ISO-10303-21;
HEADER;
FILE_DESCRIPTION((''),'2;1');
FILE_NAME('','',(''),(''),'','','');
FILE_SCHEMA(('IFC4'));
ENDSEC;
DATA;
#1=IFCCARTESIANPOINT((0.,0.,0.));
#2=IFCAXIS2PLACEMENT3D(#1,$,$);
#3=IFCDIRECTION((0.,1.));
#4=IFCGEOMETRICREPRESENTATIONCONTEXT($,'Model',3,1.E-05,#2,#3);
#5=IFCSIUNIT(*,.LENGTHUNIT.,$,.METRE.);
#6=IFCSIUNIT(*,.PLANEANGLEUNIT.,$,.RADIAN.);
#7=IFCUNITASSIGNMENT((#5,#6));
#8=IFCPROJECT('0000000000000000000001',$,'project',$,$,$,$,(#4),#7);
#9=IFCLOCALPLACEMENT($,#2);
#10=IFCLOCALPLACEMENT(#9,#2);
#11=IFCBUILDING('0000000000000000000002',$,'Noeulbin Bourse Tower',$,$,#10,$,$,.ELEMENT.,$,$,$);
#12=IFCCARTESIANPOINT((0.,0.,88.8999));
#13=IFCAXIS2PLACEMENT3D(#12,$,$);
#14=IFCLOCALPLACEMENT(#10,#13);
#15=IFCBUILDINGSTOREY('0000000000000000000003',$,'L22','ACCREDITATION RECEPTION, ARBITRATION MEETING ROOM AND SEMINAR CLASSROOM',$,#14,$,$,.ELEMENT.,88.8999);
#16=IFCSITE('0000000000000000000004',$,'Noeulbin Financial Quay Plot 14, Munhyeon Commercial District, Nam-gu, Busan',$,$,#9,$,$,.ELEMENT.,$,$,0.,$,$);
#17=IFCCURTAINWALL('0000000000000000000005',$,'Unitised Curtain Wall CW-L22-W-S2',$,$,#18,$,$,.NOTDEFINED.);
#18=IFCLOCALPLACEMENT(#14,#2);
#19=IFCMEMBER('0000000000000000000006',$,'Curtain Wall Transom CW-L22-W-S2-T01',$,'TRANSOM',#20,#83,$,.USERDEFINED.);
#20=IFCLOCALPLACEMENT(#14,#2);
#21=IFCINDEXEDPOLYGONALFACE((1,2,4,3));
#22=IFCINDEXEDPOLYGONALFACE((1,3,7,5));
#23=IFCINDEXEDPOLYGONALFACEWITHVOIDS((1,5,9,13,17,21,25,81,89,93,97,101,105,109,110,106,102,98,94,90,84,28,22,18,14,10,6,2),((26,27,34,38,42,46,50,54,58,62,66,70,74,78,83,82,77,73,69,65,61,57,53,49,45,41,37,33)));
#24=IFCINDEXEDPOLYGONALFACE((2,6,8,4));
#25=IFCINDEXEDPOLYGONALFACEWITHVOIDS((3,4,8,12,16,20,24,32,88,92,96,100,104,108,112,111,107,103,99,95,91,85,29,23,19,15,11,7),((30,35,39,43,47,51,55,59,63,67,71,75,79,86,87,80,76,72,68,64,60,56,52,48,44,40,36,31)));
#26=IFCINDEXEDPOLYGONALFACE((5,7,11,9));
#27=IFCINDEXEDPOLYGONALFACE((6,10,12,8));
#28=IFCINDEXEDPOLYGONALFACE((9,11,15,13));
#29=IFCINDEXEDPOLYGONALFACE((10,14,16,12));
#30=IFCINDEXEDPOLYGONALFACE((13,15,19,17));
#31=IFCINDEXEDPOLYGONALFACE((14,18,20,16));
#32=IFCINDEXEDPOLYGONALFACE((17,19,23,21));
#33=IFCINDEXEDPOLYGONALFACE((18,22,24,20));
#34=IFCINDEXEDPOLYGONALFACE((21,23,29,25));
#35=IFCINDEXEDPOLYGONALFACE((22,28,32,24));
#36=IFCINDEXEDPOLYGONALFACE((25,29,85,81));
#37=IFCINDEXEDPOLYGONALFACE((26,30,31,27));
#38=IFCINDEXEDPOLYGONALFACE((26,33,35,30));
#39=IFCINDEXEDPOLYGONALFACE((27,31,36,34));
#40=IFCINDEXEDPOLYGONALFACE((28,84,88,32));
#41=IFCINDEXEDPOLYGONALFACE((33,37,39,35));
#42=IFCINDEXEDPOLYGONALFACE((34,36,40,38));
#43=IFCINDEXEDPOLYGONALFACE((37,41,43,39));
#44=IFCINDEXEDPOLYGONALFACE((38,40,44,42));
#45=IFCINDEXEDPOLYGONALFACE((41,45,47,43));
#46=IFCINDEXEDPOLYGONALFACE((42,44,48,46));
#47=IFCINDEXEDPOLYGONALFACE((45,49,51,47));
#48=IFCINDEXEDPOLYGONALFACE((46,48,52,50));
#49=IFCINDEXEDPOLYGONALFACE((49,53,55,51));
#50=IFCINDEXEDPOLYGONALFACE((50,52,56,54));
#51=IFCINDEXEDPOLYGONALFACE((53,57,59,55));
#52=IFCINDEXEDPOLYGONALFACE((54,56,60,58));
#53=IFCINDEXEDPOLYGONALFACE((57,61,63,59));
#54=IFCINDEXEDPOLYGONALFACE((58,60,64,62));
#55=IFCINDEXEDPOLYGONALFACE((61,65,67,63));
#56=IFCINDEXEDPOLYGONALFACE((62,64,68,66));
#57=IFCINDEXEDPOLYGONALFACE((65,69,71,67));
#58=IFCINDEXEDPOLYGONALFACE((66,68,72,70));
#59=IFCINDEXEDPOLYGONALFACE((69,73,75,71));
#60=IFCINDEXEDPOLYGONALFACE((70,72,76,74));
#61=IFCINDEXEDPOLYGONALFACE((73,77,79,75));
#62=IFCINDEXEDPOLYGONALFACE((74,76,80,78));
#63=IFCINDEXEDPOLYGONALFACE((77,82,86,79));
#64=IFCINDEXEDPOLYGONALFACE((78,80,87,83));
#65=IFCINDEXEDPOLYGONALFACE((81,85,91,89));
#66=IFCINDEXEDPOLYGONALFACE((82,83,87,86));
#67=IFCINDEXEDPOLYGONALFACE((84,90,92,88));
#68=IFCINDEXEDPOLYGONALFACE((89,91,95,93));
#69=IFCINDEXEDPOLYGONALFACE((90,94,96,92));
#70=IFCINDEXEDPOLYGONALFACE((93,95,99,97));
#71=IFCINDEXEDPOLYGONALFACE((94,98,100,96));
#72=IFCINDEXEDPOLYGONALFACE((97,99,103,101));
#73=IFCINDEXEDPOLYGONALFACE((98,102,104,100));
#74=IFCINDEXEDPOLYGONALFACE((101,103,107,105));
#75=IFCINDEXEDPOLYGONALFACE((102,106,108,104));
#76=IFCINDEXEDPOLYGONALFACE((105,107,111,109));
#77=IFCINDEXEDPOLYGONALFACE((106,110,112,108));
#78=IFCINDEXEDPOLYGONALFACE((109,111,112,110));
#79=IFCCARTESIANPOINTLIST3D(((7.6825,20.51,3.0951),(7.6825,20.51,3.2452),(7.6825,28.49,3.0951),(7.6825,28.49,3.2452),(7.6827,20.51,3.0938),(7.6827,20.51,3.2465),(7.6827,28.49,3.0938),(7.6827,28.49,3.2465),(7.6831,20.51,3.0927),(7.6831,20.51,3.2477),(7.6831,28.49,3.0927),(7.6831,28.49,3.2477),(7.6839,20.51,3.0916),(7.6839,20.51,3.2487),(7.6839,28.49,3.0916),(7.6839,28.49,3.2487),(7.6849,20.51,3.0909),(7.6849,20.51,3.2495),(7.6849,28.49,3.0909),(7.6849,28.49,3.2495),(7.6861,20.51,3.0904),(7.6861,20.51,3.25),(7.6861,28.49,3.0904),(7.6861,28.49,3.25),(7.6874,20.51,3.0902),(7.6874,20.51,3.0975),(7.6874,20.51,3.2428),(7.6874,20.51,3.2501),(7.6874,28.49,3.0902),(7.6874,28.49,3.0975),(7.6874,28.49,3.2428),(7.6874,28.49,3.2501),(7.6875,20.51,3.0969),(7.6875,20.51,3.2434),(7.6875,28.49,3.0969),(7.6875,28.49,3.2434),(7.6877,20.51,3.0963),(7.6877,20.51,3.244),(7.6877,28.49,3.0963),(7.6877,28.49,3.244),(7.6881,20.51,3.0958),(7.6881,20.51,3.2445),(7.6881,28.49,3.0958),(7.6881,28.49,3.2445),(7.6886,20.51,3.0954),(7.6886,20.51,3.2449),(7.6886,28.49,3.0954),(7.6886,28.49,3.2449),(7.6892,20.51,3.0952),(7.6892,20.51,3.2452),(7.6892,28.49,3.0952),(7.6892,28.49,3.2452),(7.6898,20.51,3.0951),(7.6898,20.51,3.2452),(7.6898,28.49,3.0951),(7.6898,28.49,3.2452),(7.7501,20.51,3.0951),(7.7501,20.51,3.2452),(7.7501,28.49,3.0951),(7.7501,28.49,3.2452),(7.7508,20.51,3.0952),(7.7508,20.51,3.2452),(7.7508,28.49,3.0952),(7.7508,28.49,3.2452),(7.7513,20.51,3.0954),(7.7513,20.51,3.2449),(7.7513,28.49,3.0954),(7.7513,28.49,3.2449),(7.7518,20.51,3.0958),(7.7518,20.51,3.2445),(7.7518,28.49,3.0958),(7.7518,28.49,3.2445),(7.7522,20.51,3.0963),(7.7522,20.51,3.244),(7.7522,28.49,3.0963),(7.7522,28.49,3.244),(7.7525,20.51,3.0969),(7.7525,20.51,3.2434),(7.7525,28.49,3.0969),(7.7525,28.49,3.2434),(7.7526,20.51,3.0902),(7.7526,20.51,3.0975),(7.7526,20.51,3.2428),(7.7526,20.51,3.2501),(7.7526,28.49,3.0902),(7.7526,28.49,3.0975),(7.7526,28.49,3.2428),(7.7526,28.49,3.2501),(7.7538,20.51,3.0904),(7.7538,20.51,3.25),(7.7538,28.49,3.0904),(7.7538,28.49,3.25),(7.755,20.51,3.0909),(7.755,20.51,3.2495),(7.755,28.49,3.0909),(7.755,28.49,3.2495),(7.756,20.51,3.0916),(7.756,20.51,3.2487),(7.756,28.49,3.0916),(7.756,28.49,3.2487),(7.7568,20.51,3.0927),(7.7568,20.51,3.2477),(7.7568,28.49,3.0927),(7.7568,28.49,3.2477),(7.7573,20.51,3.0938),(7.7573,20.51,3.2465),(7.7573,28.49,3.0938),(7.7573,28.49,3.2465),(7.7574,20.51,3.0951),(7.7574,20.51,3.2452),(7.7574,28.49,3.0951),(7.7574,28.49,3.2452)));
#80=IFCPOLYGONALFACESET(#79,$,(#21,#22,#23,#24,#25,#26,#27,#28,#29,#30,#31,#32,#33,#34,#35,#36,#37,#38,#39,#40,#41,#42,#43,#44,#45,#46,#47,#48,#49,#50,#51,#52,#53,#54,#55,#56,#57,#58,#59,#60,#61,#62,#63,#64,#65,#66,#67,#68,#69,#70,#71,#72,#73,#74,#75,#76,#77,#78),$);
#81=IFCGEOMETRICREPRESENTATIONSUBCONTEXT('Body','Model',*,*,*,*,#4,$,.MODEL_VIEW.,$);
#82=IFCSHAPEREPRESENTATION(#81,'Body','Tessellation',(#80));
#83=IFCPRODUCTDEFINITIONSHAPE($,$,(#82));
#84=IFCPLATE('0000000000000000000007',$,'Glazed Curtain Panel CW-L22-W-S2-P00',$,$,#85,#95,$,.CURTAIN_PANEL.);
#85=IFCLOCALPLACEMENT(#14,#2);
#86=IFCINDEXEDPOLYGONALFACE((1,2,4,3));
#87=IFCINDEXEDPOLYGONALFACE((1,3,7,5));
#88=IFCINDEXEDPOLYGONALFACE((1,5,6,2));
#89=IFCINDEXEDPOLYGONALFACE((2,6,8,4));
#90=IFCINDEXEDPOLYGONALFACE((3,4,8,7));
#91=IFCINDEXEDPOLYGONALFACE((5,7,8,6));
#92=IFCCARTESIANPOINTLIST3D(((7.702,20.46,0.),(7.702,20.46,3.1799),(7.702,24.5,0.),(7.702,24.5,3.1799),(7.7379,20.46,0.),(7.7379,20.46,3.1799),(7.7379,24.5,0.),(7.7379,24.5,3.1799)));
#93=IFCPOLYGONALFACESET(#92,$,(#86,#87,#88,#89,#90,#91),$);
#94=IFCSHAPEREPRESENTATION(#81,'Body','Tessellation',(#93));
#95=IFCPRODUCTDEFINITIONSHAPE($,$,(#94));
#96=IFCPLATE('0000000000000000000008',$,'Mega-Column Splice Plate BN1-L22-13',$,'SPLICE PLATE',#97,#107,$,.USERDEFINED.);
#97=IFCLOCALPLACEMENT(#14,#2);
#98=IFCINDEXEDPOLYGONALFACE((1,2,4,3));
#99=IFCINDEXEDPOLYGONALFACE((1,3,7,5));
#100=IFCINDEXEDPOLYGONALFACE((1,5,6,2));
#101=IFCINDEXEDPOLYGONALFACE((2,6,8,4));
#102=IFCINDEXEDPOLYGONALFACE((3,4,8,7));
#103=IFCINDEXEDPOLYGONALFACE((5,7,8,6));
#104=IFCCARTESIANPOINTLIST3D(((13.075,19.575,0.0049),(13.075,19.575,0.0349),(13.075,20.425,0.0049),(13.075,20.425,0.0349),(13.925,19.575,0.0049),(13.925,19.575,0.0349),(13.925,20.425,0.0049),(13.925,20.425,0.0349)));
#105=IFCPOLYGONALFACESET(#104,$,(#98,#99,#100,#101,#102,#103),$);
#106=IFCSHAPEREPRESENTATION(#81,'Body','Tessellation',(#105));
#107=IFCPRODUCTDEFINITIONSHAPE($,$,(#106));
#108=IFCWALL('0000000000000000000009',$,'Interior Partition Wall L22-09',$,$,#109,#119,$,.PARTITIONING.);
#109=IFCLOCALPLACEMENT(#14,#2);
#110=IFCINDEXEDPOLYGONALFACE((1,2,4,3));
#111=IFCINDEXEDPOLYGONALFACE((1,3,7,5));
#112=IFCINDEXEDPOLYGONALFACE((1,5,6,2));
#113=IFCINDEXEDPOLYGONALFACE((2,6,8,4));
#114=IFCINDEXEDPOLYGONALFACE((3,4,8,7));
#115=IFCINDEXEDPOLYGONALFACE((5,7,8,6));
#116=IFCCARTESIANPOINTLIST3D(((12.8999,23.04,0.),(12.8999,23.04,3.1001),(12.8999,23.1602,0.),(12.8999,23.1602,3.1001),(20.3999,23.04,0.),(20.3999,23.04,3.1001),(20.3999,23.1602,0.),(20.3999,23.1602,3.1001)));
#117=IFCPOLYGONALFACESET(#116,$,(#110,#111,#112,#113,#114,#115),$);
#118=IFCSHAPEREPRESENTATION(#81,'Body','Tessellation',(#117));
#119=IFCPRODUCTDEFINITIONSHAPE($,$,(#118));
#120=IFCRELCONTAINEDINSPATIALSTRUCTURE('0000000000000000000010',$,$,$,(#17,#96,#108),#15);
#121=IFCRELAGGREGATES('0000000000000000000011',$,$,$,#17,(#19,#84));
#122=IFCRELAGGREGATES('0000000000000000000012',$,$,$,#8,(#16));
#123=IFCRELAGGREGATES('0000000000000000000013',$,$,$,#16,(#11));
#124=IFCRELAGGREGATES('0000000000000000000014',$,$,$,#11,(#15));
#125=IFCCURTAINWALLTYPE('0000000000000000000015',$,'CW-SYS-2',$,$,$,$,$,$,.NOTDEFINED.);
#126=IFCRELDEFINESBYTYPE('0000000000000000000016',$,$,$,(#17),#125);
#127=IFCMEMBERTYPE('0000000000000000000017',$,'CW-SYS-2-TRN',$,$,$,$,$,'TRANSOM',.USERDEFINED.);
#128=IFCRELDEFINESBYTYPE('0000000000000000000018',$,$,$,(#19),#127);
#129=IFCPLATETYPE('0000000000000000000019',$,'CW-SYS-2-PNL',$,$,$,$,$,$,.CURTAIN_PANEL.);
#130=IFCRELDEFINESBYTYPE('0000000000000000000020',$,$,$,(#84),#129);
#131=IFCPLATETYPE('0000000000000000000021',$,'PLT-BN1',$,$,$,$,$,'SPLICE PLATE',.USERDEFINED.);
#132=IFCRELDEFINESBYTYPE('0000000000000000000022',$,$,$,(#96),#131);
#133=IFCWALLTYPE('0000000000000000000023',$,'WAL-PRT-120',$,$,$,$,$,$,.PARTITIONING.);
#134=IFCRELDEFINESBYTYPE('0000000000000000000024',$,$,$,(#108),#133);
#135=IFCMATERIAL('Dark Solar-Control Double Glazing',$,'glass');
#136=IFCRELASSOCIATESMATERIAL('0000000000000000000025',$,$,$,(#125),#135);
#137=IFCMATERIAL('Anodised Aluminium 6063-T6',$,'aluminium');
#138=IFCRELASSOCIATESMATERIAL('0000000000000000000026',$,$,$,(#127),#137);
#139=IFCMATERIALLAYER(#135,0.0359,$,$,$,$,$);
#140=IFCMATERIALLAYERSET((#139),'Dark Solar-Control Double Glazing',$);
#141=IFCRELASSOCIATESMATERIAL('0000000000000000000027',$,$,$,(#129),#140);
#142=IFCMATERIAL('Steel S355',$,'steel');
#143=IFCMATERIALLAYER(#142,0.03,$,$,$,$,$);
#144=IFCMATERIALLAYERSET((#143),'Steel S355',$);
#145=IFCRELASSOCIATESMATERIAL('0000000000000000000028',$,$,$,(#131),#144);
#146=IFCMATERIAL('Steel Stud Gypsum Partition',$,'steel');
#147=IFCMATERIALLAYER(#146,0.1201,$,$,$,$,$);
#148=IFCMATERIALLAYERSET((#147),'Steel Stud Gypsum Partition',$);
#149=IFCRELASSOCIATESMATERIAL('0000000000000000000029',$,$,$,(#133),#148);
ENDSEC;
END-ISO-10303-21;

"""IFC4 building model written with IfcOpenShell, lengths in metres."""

from ifc_helpers import new_model, si_unit, direction, frame, frame_2d, origin, origin_2d, place, context, subcontext, project, spatial, rectangle, hollow_rectangle, extrude, material, layer, layer_set, material_profile, profile_set, type_object, element, aggregate, save


model = new_model("IFC4")

# Units and contexts
model_context = context("Model", 3, precision=1e-05, world=origin(), true_north=direction((0.0, 1.0)))
body_context = subcontext(model_context, "Body", "Model", "MODEL_VIEW")
ifc_project = project(units=[si_unit("LENGTHUNIT", "METRE"), si_unit("PLANEANGLEUNIT", "RADIAN")], contexts=[model_context])

# Site, building, storey
site_placement = place(None, origin())
site = spatial("IfcSite", under=ifc_project, at=site_placement, Name="Noeulbin Financial Quay Plot 14, Munhyeon Commercial District, Nam-gu, Busan", CompositionType="ELEMENT", RefElevation=0.0)
building_placement = place(site_placement, origin())
building = spatial("IfcBuilding", under=site, at=building_placement, Name="Noeulbin Bourse Tower", CompositionType="ELEMENT")
storey_placement = place(building_placement, frame((0.0, 0.0, 88.8999)))
storey = spatial("IfcBuildingStorey", under=building, at=storey_placement, Name="L22", Description="ACCREDITATION RECEPTION, ARBITRATION MEETING ROOM AND SEMINAR CLASSROOM", CompositionType="ELEMENT", Elevation=88.8999)

# Shared definitions
ifc_material_1 = material(Name="Steel S355", Category="steel")

# Curtain wall, member, plate
ifc_material_2 = material(Name="Dark Solar-Control Double Glazing", Category="glass")
curtain_wall_type = type_object("IfcCurtainWallType", Name="CW-SYS-2", PredefinedType="NOTDEFINED", material=ifc_material_2)
curtain_wall_placement = place(storey_placement, origin())
curtain_wall = element("IfcCurtainWall", 1, at=curtain_wall_placement, inside=storey, type_object=curtain_wall_type, Name="Unitised Curtain Wall CW-L22-W-S2", PredefinedType="NOTDEFINED")
ifc_material_3 = material(Name="Anodised Aluminium 6063-T6", Category="aluminium")
ifc_material_profile_1 = material_profile(ifc_material_3, hollow_rectangle(XDim=0.075, YDim=0.1599, WallThickness=0.0049, InnerFilletRadius=0.0024, OuterFilletRadius=0.0049, at=origin_2d()), Name="ALU-TRAN-75x160x5", Category="LoadBearing")
ifc_profile_set_1 = profile_set([ifc_material_profile_1], Name="Anodised Aluminium 6063-T6")
member_type_1 = type_object("IfcMemberType", Name="CW-SYS-2-TRN", ElementType="TRANSOM", PredefinedType="USERDEFINED", material=ifc_profile_set_1)
member_1_placement = place(storey_placement, frame((7.72, 20.51, 3.1702), z_axis=(0.0, 1.0, 0.0), x_axis=(-1.0, 0.0, 0.0)))
member_1 = element("IfcMember", 2, at=member_1_placement, type_object=member_type_1, Name="Curtain Wall Transom CW-L22-W-S2-T01", ObjectType="TRANSOM", PredefinedType="USERDEFINED", context=body_context, shape_type="SweptSolid", body=[
    extrude(hollow_rectangle(XDim=0.075, YDim=0.1599, WallThickness=0.0049, InnerFilletRadius=0.0024, OuterFilletRadius=0.0049, at=origin_2d()), origin(), (0.0, 0.0, 1.0), 7.98),
])
ifc_layer_1 = layer(ifc_material_2, 0.0359)
ifc_layer_set_1 = layer_set([ifc_layer_1], Name="Dark Solar-Control Double Glazing")
plate_type_1 = type_object("IfcPlateType", Name="CW-SYS-2-PNL", PredefinedType="CURTAIN_PANEL", material=ifc_layer_set_1)
plate_1_placement = place(storey_placement, frame((7.72, 22.48, 0.0), z_axis=(0.0, 0.0, 1.0), x_axis=(0.0, 1.0, 0.0)))
plate_1 = element("IfcPlate", 3, at=plate_1_placement, type_object=plate_type_1, Name="Glazed Curtain Panel CW-L22-W-S2-P00", PredefinedType="CURTAIN_PANEL", context=body_context, shape_type="SweptSolid", body=[
    extrude(rectangle(XDim=4.04, YDim=0.0359, at=origin_2d()), origin(), (0.0, 0.0, 1.0), 3.1799),
])
aggregate(curtain_wall, [member_1, plate_1])

# Plate
ifc_layer_2 = layer(ifc_material_1, 0.03)
ifc_layer_set_2 = layer_set([ifc_layer_2], Name="Steel S355")
plate_type_2 = type_object("IfcPlateType", Name="PLT-BN1", ElementType="SPLICE PLATE", PredefinedType="USERDEFINED", material=ifc_layer_set_2)
plate_2_placement = place(storey_placement, frame((13.5, 20.0, 0.0049), z_axis=(0.0, 0.0, 1.0), x_axis=(1.0, 0.0, 0.0)))
element("IfcPlate", 4, at=plate_2_placement, inside=storey, type_object=plate_type_2, Name="Mega-Column Splice Plate BN1-L22-13", ObjectType="SPLICE PLATE", PredefinedType="USERDEFINED", context=body_context, shape_type="SweptSolid", body=[
    extrude(rectangle(XDim=0.8501, YDim=0.8501, at=origin_2d()), origin(), (0.0, 0.0, 1.0), 0.03),
])

# Wall
ifc_material_4 = material(Name="Steel Stud Gypsum Partition", Category="steel")
ifc_layer_3 = layer(ifc_material_4, 0.1201)
ifc_layer_set_3 = layer_set([ifc_layer_3], Name="Steel Stud Gypsum Partition")
wall_type = type_object("IfcWallType", Name="WAL-PRT-120", PredefinedType="PARTITIONING", material=ifc_layer_set_3)
wall_placement = place(storey_placement, frame((12.8999, 23.1001, 0.0), z_axis=(0.0, 0.0, 1.0), x_axis=(1.0, 0.0, 0.0)))
element("IfcWall", 5, at=wall_placement, inside=storey, type_object=wall_type, Name="Interior Partition Wall L22-09", PredefinedType="PARTITIONING", context=body_context, shape_type="SweptSolid", body=[
    extrude(rectangle(XDim=7.5, YDim=0.1201, at=frame_2d((3.75, 0.0))), origin(), (0.0, 0.0, 1.0), 3.1001),
])

save(model, "model.ifc")
